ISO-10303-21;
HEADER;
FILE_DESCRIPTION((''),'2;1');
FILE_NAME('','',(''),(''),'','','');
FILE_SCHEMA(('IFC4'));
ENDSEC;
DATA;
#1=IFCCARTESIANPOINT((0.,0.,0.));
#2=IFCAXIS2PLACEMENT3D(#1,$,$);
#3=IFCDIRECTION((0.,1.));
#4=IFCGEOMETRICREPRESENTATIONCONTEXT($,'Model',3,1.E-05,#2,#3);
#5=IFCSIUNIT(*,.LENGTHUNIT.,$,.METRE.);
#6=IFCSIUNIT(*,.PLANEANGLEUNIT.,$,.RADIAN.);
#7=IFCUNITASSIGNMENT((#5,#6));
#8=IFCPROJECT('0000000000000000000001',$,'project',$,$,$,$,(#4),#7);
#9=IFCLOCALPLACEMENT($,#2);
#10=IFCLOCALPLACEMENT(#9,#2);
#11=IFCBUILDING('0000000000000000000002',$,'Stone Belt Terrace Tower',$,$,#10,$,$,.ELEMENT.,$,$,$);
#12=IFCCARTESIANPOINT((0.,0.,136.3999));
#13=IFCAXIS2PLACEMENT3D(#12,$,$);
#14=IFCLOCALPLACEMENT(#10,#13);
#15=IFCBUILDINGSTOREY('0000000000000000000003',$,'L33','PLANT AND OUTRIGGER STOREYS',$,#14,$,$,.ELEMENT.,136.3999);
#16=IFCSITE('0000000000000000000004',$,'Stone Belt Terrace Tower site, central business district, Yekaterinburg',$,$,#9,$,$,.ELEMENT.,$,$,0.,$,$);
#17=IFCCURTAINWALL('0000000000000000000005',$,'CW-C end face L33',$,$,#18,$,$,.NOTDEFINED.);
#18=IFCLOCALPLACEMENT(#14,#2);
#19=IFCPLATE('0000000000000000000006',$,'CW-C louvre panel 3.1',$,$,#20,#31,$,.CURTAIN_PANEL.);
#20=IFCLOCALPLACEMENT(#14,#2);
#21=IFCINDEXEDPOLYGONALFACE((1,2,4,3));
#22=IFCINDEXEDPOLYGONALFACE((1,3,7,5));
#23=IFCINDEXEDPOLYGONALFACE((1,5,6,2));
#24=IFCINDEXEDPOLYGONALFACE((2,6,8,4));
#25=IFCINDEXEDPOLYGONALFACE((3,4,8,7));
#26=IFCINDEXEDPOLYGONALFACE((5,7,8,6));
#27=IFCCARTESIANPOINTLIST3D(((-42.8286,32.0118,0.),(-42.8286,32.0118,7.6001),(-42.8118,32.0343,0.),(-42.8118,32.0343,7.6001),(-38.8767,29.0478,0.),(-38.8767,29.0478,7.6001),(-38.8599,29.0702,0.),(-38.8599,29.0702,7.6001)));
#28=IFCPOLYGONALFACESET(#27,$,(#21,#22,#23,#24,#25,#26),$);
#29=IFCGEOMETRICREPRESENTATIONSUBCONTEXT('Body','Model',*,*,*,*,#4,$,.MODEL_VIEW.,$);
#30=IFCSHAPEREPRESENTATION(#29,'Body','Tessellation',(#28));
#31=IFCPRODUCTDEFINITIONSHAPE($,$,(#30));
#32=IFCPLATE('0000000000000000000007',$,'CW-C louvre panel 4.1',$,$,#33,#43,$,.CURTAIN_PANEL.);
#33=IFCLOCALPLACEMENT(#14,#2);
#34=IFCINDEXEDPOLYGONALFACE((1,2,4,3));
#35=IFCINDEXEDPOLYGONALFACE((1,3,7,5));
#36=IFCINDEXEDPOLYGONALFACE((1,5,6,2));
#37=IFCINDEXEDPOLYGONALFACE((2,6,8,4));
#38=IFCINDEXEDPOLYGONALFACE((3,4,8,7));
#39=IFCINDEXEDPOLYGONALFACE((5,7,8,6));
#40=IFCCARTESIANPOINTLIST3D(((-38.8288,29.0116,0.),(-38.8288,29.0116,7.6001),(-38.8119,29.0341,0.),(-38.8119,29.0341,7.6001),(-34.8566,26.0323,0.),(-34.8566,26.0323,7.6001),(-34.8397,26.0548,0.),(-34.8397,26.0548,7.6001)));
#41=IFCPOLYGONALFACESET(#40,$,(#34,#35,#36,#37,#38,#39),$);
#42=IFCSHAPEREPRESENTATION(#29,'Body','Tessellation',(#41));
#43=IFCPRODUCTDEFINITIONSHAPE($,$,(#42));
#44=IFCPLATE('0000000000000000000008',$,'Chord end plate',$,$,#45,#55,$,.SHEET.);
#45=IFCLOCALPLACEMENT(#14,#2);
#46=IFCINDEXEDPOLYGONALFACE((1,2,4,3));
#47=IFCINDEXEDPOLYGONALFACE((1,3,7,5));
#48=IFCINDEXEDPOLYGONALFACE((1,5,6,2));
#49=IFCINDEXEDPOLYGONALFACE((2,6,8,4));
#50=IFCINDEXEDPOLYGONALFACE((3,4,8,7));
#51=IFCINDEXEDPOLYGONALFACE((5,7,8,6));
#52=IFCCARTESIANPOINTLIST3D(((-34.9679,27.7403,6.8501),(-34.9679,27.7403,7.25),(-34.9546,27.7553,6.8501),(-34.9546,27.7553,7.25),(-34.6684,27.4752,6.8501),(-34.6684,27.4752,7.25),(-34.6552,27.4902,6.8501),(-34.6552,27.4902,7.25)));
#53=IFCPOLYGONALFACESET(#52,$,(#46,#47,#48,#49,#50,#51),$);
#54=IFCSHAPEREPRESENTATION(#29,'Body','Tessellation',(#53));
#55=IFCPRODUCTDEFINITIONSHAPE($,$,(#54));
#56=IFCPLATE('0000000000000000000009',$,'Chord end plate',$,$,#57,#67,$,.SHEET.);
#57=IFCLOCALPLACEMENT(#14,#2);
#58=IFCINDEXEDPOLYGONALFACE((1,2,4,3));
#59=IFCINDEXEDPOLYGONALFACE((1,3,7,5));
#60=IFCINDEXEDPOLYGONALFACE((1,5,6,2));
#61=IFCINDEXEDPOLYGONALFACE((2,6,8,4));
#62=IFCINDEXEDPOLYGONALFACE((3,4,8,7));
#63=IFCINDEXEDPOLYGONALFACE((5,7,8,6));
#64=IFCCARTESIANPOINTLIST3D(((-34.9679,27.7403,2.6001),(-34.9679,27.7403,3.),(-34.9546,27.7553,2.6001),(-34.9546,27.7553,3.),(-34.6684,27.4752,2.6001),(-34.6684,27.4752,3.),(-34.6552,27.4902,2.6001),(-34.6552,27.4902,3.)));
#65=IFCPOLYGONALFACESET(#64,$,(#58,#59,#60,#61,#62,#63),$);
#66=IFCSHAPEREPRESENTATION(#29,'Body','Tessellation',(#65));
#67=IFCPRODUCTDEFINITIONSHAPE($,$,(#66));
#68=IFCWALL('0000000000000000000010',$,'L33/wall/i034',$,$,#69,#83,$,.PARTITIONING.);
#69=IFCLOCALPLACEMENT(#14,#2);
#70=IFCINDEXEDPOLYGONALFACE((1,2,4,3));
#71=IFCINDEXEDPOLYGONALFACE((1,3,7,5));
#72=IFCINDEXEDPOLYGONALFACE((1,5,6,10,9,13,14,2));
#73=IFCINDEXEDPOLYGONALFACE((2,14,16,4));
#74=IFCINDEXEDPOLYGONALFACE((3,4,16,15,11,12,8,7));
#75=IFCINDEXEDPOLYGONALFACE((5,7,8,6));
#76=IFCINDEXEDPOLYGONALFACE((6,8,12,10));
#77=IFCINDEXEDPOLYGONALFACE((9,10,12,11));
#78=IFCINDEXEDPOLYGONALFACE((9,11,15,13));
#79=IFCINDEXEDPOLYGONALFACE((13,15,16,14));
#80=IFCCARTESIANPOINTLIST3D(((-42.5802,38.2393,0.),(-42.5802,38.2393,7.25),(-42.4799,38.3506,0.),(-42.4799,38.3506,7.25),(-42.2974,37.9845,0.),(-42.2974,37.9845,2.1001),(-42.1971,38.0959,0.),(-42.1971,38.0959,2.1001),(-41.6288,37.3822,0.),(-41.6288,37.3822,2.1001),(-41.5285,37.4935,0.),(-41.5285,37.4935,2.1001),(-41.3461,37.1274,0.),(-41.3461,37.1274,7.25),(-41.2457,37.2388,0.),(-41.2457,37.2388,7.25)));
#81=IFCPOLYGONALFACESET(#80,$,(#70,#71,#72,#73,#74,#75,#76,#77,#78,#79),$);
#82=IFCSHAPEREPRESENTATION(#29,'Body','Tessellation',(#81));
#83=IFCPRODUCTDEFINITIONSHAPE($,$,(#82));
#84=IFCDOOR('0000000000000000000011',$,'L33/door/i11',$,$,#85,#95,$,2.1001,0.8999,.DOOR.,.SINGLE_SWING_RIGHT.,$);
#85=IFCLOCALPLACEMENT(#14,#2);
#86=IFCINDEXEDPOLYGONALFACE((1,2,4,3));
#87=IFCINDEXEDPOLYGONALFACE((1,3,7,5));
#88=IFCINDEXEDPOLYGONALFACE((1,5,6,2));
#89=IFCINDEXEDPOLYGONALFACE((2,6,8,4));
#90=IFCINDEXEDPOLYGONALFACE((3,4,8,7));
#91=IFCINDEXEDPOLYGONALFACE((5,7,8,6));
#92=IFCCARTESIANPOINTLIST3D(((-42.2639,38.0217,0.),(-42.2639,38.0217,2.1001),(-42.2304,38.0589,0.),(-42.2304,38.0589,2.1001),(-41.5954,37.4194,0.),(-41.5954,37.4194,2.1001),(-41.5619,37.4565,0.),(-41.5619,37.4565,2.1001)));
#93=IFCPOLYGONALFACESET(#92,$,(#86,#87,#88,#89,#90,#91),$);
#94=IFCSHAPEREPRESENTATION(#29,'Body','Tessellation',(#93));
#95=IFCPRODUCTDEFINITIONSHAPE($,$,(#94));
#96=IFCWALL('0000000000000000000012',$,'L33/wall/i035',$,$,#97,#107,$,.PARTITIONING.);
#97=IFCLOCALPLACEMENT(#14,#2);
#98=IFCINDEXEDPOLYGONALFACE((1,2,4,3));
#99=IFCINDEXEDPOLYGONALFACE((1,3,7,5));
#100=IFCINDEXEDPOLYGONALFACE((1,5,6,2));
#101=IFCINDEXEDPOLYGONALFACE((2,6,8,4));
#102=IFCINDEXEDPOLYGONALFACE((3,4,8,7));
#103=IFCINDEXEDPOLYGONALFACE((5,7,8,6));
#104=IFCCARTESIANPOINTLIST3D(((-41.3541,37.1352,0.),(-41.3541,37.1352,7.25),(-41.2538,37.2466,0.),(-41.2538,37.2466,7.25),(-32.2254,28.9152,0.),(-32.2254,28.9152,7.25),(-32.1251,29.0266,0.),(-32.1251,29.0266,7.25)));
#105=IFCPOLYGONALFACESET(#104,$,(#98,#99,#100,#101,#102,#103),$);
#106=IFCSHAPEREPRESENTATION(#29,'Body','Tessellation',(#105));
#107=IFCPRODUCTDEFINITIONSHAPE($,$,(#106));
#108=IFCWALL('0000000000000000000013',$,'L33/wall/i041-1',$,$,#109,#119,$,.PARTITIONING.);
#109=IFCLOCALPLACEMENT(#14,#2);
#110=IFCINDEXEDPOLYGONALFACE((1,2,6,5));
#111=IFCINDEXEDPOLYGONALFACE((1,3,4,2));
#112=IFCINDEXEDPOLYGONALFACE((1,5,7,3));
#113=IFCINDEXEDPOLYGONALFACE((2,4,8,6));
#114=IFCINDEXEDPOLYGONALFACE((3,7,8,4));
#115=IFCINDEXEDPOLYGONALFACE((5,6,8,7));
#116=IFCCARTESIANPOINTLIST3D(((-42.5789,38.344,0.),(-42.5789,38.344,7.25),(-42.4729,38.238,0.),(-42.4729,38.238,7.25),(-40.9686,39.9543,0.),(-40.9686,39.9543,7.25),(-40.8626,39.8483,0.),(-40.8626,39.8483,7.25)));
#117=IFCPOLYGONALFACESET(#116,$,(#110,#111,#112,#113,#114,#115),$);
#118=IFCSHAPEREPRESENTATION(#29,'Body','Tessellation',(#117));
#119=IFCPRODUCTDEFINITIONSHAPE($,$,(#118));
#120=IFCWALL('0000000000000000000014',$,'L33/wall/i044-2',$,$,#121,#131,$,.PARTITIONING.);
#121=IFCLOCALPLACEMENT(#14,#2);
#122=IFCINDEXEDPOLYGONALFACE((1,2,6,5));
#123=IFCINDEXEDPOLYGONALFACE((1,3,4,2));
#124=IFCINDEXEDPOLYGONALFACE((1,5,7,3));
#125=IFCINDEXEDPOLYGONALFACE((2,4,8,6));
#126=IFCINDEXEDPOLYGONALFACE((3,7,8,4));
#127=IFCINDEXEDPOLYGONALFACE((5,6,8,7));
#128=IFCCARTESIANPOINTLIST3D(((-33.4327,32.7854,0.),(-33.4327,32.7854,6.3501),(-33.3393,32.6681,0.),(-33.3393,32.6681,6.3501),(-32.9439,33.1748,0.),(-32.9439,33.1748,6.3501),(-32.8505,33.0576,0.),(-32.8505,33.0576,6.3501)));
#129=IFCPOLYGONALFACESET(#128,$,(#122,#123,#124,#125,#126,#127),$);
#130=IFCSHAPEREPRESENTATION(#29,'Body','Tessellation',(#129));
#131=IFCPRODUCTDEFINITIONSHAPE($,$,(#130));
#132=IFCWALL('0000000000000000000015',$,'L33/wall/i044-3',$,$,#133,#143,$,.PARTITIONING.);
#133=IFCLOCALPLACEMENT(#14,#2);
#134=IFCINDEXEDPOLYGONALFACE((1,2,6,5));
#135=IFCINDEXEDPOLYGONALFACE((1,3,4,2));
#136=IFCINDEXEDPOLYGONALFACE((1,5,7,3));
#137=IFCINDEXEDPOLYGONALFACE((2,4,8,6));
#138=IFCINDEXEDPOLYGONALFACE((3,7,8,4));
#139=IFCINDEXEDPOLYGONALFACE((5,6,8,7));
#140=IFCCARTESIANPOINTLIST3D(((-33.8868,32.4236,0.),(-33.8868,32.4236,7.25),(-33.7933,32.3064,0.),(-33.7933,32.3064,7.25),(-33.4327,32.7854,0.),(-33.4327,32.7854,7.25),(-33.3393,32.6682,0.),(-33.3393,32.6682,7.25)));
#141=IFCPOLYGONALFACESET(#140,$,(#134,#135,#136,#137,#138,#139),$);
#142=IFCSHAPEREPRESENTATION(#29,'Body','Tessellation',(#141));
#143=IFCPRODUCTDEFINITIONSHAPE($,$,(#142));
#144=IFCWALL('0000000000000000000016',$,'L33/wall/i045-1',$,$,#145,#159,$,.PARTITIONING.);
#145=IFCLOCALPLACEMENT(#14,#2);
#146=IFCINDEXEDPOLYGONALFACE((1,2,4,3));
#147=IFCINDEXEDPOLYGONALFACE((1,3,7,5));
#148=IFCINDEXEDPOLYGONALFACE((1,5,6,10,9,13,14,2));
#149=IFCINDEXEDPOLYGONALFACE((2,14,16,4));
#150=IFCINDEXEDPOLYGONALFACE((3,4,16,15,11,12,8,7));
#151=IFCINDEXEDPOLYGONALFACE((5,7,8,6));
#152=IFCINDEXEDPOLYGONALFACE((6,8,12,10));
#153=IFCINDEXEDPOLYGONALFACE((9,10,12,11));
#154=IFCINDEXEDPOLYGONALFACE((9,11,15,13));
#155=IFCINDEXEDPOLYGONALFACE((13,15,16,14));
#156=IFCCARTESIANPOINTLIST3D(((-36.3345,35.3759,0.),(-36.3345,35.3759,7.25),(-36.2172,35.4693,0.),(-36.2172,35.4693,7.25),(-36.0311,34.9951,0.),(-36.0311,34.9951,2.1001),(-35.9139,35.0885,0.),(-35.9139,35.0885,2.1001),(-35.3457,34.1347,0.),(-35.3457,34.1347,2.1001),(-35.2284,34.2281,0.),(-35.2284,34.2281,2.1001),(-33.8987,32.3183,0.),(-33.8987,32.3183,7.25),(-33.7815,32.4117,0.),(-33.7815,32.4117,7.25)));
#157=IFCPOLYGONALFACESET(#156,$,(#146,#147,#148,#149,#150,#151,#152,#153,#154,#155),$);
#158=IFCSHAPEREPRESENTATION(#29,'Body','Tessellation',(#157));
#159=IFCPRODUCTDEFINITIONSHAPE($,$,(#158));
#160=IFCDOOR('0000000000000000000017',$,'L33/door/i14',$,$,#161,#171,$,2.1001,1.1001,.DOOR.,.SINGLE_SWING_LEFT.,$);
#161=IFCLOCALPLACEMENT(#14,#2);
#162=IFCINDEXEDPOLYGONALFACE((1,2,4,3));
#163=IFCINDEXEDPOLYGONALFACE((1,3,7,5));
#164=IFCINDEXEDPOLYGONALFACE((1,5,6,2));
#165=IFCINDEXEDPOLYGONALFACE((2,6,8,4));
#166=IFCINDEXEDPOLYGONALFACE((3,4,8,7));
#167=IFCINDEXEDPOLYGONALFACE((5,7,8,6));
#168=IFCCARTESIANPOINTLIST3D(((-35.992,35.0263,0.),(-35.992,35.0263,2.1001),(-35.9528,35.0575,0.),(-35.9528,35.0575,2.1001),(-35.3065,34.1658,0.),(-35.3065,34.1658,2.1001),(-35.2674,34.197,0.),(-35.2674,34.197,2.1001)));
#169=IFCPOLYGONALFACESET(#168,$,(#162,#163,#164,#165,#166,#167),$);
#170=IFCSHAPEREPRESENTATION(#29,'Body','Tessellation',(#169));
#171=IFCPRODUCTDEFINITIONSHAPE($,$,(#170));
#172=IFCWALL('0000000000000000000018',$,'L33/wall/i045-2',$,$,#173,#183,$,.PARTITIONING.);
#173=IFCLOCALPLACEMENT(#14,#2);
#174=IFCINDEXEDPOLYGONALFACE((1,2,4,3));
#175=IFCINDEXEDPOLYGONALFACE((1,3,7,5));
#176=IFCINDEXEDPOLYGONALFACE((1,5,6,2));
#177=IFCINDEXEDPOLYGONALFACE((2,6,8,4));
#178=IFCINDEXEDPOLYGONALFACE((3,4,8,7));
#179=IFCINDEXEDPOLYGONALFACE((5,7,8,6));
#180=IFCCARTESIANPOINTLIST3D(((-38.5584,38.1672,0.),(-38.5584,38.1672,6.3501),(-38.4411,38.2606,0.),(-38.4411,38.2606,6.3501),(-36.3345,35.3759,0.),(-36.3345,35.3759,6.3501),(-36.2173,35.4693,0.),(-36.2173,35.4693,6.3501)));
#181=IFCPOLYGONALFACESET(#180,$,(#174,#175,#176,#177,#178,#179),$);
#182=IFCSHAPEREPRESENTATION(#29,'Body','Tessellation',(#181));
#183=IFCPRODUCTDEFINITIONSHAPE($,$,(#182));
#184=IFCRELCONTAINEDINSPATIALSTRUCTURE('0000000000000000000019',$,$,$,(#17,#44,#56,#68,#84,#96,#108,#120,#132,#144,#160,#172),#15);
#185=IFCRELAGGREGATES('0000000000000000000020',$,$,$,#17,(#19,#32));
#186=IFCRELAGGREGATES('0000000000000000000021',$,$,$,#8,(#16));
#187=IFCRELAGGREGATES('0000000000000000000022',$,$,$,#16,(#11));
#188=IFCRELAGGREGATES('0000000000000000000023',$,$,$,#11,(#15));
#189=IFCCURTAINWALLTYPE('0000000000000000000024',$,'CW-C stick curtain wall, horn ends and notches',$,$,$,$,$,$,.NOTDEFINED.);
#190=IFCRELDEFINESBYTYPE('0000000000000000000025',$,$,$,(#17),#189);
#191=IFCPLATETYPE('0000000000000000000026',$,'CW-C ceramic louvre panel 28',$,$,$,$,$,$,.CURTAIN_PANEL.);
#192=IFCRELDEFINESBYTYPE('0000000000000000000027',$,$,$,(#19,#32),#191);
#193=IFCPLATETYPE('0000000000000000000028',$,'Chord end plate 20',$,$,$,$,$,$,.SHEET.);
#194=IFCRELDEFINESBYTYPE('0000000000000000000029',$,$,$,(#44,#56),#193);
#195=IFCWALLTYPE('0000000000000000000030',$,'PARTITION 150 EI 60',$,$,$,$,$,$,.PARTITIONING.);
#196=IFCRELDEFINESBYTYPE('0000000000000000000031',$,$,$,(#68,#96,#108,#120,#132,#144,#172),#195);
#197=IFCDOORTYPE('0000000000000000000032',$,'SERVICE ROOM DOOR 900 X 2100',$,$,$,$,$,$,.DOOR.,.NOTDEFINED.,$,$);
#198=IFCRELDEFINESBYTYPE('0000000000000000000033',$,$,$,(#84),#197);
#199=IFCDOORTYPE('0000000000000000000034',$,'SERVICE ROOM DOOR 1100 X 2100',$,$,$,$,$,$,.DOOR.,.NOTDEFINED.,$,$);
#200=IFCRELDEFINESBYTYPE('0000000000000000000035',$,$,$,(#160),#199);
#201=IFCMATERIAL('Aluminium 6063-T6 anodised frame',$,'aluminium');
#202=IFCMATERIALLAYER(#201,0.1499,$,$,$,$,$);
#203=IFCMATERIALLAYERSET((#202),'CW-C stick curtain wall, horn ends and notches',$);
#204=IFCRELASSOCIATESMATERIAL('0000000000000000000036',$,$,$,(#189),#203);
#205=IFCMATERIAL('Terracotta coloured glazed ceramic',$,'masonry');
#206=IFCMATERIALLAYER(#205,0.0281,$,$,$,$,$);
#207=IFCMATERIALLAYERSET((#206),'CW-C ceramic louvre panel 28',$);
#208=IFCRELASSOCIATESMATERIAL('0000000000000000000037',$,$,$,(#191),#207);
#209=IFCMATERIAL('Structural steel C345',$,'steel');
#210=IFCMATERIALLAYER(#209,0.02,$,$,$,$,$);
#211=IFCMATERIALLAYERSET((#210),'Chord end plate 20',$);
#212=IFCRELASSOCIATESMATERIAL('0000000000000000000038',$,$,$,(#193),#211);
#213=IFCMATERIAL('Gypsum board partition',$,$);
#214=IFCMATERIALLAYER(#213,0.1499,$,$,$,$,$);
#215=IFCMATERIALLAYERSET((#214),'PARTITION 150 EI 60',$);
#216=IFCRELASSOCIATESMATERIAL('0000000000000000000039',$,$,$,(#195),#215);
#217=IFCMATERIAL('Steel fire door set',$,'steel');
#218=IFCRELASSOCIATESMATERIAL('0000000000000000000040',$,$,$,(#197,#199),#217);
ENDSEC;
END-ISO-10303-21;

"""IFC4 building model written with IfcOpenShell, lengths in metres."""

from ifc_helpers import new_model, si_unit, direction, frame, frame_2d, origin, origin_2d, place, context, subcontext, project, spatial, rectangle, extrude, material, layer, layer_set, type_object, element, fill, aggregate, save


model = new_model("IFC4")

# Units and contexts
model_context = context("Model", 3, precision=1e-05, world=origin(), true_north=direction((0.0, 1.0)))
body_context = subcontext(model_context, "Body", "Model", "MODEL_VIEW")
ifc_project = project(units=[si_unit("LENGTHUNIT", "METRE"), si_unit("PLANEANGLEUNIT", "RADIAN")], contexts=[model_context])

# Site, building, storey
site_placement = place(None, origin())
site = spatial("IfcSite", under=ifc_project, at=site_placement, Name="Stone Belt Terrace Tower site, central business district, Yekaterinburg", CompositionType="ELEMENT", RefElevation=0.0)
building_placement = place(site_placement, origin())
building = spatial("IfcBuilding", under=site, at=building_placement, Name="Stone Belt Terrace Tower", CompositionType="ELEMENT")
storey_placement = place(building_placement, frame((0.0, 0.0, 136.3999)))
storey = spatial("IfcBuildingStorey", under=building, at=storey_placement, Name="L33", Description="PLANT AND OUTRIGGER STOREYS", CompositionType="ELEMENT", Elevation=136.3999)

# Shared definitions
ifc_material_1 = material(Name="Aluminium 6063-T6 anodised frame", Category="aluminium")

# Curtain wall
ifc_layer_1 = layer(ifc_material_1, 0.1499)
ifc_layer_set_1 = layer_set([ifc_layer_1], Name="CW-C stick curtain wall, horn ends and notches")
curtain_wall_type_1 = type_object("IfcCurtainWallType", Name="CW-C stick curtain wall, horn ends and notches", PredefinedType="NOTDEFINED", material=ifc_layer_set_1)
curtain_wall_1_placement = place(storey_placement, origin())
curtain_wall_1 = element("IfcCurtainWall", 1, at=curtain_wall_1_placement, inside=storey, type_object=curtain_wall_type_1, Name="CW-C end face L33", PredefinedType="NOTDEFINED")

# Shared definitions
ifc_material_2 = material(Name="Structural steel C345", Category="steel")

# Plates
ifc_material_3 = material(Name="Terracotta coloured glazed ceramic", Category="masonry")
ifc_layer_2 = layer(ifc_material_3, 0.0281)
ifc_layer_set_2 = layer_set([ifc_layer_2], Name="CW-C ceramic louvre panel 28")
plate_type_1 = type_object("IfcPlateType", Name="CW-C ceramic louvre panel 28", PredefinedType="CURTAIN_PANEL", material=ifc_layer_set_2)
plate_1_placement = place(storey_placement, frame((-40.8442, 30.541, 0.0), z_axis=(0.0, 0.0, 1.0), x_axis=(0.799987, -0.600018, 0.0)))
plate_1 = element("IfcPlate", 2, at=plate_1_placement, type_object=plate_type_1, Name="CW-C louvre panel 3.1", PredefinedType="CURTAIN_PANEL", context=body_context, shape_type="SweptSolid", body=[
    extrude(rectangle(XDim=4.9399, YDim=0.0281, at=origin_2d()), origin(), (0.0, 0.0, 1.0), 7.6001),
])
plate_2_placement = place(storey_placement, frame((-36.8342, 27.5332, 0.0), z_axis=(0.0, 0.0, 1.0), x_axis=(0.799987, -0.600018, 0.0)))
plate_2 = element("IfcPlate", 3, at=plate_2_placement, type_object=plate_type_1, Name="CW-C louvre panel 4.1", PredefinedType="CURTAIN_PANEL", context=body_context, shape_type="SweptSolid", body=[
    extrude(rectangle(XDim=4.9653, YDim=0.0281, at=origin_2d()), origin(), (0.0, 0.0, 1.0), 7.6001),
])
aggregate(curtain_wall_1, [plate_1, plate_2])

# Plates
ifc_layer_3 = layer(ifc_material_2, 0.02)
ifc_layer_set_3 = layer_set([ifc_layer_3], Name="Chord end plate 20")
plate_type_2 = type_object("IfcPlateType", Name="Chord end plate 20", PredefinedType="SHEET", material=ifc_layer_set_3)
for number, where, z_axis, x_axis, name in (
    (4, (-34.8115, 27.6152, 6.8501), (0.0, 0.0, 1.0), (-0.662878, -0.748728, 0.0), "Chord end plate"),
    (5, (-34.8115, 27.6152, 2.6001), (0.0, 0.0, 1.0), (-0.662878, -0.748728, 0.0), "Chord end plate"),
):
    element("IfcPlate", number, at=place(storey_placement, frame(where, z_axis=z_axis, x_axis=x_axis)), inside=storey, type_object=plate_type_2, Name=name, PredefinedType="SHEET", context=body_context, shape_type="SweptSolid", body=[
        extrude(rectangle(XDim=0.02, YDim=0.3999, at=origin_2d()), origin(), (0.0, 0.0, 1.0), 0.3999),
    ])

# Wall, opening, door
ifc_material_4 = material(Name="Gypsum board partition")
ifc_layer_4 = layer(ifc_material_4, 0.1499)
ifc_layer_set_4 = layer_set([ifc_layer_4], Name="PARTITION 150 EI 60")
wall_type = type_object("IfcWallType", Name="PARTITION 150 EI 60", PredefinedType="PARTITIONING", material=ifc_layer_set_4)
wall_1_placement = place(storey_placement, frame((-41.2959, 37.1831, 0.0), z_axis=(0.0, 0.0, 1.0), x_axis=(-0.742965, 0.66933, 0.0)))
wall_1 = element("IfcWall", 6, at=wall_1_placement, inside=storey, type_object=wall_type, Name="L33/wall/i034", PredefinedType="PARTITIONING", context=body_context, shape_type="SweptSolid", body=[
    extrude(rectangle(XDim=1.6611, YDim=0.1499, at=frame_2d((0.8306, 0.0))), origin(), (0.0, 0.0, 1.0), 7.25),
])
opening_1_placement = place(wall_1_placement, frame((0.3806, 0.0, 0.0)))
opening_1 = element("IfcOpeningElement", 7, at=opening_1_placement, cuts=wall_1, PredefinedType="OPENING", context=body_context, shape_type="SweptSolid", body=[
    extrude(rectangle(XDim=0.8999, YDim=2.1001, at=frame_2d((0.45, 1.05))), frame((0.0, 0.085, 0.0), z_axis=(0.0, -1.0, 0.0), x_axis=(1.0, 0.0, 0.0)), (0.0, 0.0, 1.0), 0.1699),
])
ifc_material_5 = material(Name="Steel fire door set", Category="steel")
door_type_1 = type_object("IfcDoorType", Name="SERVICE ROOM DOOR 900 X 2100", OperationType="NOTDEFINED", PredefinedType="DOOR", material=ifc_material_5)
door_1_placement = place(opening_1_placement, origin())
door_1 = element("IfcDoor", 8, at=door_1_placement, inside=storey, type_object=door_type_1, Name="L33/door/i11", OperationType="SINGLE_SWING_RIGHT", OverallHeight=2.1001, OverallWidth=0.8999, PredefinedType="DOOR", context=body_context, shape_type="SweptSolid", body=[
    extrude(rectangle(XDim=0.8999, YDim=2.1001, at=frame_2d((0.45, 1.05))), frame((0.0, 0.0249, 0.0), z_axis=(0.0, -1.0, 0.0), x_axis=(1.0, 0.0, 0.0)), (0.0, 0.0, 1.0), 0.05),
])
fill(opening_1, door_1)

# Walls
wall_2_placement = place(storey_placement, frame((-41.304, 37.1909, 0.0), z_axis=(0.0, 0.0, 1.0), x_axis=(0.743125, -0.669152, 0.0)))
element("IfcWall", 9, at=wall_2_placement, inside=storey, type_object=wall_type, Name="L33/wall/i035", PredefinedType="PARTITIONING", context=body_context, shape_type="SweptSolid", body=[
    extrude(rectangle(XDim=12.2842, YDim=0.1499, at=frame_2d((6.1421, 0.0))), origin(), (0.0, 0.0, 1.0), 7.25),
])
wall_3_placement = place(storey_placement, frame((-42.5259, 38.291, 0.0), z_axis=(0.0, 0.0, 1.0), x_axis=(0.707107, 0.707107, 0.0)))
element("IfcWall", 10, at=wall_3_placement, inside=storey, type_object=wall_type, Name="L33/wall/i041-1", PredefinedType="PARTITIONING", context=body_context, shape_type="SweptSolid", body=[
    extrude(rectangle(XDim=2.2773, YDim=0.1499, at=frame_2d((1.1387, 0.0))), origin(), (0.0, 0.0, 1.0), 7.25),
])
wall_4_placement = place(storey_placement, frame((-32.8972, 33.1162, 0.0), z_axis=(0.0, 0.0, 1.0), x_axis=(-0.782125, -0.623122, 0.0)))
element("IfcWall", 11, at=wall_4_placement, inside=storey, type_object=wall_type, Name="L33/wall/i044-2", PredefinedType="PARTITIONING", context=body_context, shape_type="SweptSolid", body=[
    extrude(rectangle(XDim=0.625, YDim=0.1499, at=frame_2d((0.3125, 0.0))), origin(), (0.0, 0.0, 1.0), 6.3501),
])
wall_5_placement = place(storey_placement, frame((-33.386, 32.7268, 0.0), z_axis=(0.0, 0.0, 1.0), x_axis=(-0.782098, -0.623155, 0.0)))
element("IfcWall", 12, at=wall_5_placement, inside=storey, type_object=wall_type, Name="L33/wall/i044-3", PredefinedType="PARTITIONING", context=body_context, shape_type="SweptSolid", body=[
    extrude(rectangle(XDim=0.5806, YDim=0.1499, at=frame_2d((0.2903, 0.0))), origin(), (0.0, 0.0, 1.0), 7.25),
])

# Wall, opening, door
wall_6_placement = place(storey_placement, frame((-33.8401, 32.365, 0.0), z_axis=(0.0, 0.0, 1.0), x_axis=(-0.623087, 0.782153, 0.0)))
wall_6 = element("IfcWall", 13, at=wall_6_placement, inside=storey, type_object=wall_type, Name="L33/wall/i045-1", PredefinedType="PARTITIONING", context=body_context, shape_type="SweptSolid", body=[
    extrude(rectangle(XDim=3.9092, YDim=0.1499, at=frame_2d((1.9546, 0.0))), origin(), (0.0, 0.0, 1.0), 7.25),
])
opening_2_placement = place(wall_6_placement, frame((2.3223, 0.0, 0.0)))
opening_2 = element("IfcOpeningElement", 14, at=opening_2_placement, cuts=wall_6, PredefinedType="OPENING", context=body_context, shape_type="SweptSolid", body=[
    extrude(rectangle(XDim=1.1001, YDim=2.1001, at=frame_2d((0.55, 1.05))), frame((0.0, 0.085, 0.0), z_axis=(0.0, -1.0, 0.0), x_axis=(1.0, 0.0, 0.0)), (0.0, 0.0, 1.0), 0.1699),
])
door_type_2 = type_object("IfcDoorType", Name="SERVICE ROOM DOOR 1100 X 2100", OperationType="NOTDEFINED", PredefinedType="DOOR", material=ifc_material_5)
door_2_placement = place(opening_2_placement, origin())
door_2 = element("IfcDoor", 15, at=door_2_placement, inside=storey, type_object=door_type_2, Name="L33/door/i14", OperationType="SINGLE_SWING_LEFT", OverallHeight=2.1001, OverallWidth=1.1001, PredefinedType="DOOR", context=body_context, shape_type="SweptSolid", body=[
    extrude(rectangle(XDim=1.1001, YDim=2.1001, at=frame_2d((0.55, 1.05))), frame((0.0, 0.0249, 0.0), z_axis=(0.0, -1.0, 0.0), x_axis=(1.0, 0.0, 0.0)), (0.0, 0.0, 1.0), 0.05),
])
fill(opening_2, door_2)

# Wall
wall_7_placement = place(storey_placement, frame((-36.2759, 35.4226, 0.0), z_axis=(0.0, 0.0, 1.0), x_axis=(-0.623134, 0.782115, 0.0)))
element("IfcWall", 16, at=wall_7_placement, inside=storey, type_object=wall_type, Name="L33/wall/i045-2", PredefinedType="PARTITIONING", context=body_context, shape_type="SweptSolid", body=[
    extrude(rectangle(XDim=3.5688, YDim=0.1499, at=frame_2d((1.7844, 0.0))), origin(), (0.0, 0.0, 1.0), 6.3501),
])

save(model, "model.ifc")
